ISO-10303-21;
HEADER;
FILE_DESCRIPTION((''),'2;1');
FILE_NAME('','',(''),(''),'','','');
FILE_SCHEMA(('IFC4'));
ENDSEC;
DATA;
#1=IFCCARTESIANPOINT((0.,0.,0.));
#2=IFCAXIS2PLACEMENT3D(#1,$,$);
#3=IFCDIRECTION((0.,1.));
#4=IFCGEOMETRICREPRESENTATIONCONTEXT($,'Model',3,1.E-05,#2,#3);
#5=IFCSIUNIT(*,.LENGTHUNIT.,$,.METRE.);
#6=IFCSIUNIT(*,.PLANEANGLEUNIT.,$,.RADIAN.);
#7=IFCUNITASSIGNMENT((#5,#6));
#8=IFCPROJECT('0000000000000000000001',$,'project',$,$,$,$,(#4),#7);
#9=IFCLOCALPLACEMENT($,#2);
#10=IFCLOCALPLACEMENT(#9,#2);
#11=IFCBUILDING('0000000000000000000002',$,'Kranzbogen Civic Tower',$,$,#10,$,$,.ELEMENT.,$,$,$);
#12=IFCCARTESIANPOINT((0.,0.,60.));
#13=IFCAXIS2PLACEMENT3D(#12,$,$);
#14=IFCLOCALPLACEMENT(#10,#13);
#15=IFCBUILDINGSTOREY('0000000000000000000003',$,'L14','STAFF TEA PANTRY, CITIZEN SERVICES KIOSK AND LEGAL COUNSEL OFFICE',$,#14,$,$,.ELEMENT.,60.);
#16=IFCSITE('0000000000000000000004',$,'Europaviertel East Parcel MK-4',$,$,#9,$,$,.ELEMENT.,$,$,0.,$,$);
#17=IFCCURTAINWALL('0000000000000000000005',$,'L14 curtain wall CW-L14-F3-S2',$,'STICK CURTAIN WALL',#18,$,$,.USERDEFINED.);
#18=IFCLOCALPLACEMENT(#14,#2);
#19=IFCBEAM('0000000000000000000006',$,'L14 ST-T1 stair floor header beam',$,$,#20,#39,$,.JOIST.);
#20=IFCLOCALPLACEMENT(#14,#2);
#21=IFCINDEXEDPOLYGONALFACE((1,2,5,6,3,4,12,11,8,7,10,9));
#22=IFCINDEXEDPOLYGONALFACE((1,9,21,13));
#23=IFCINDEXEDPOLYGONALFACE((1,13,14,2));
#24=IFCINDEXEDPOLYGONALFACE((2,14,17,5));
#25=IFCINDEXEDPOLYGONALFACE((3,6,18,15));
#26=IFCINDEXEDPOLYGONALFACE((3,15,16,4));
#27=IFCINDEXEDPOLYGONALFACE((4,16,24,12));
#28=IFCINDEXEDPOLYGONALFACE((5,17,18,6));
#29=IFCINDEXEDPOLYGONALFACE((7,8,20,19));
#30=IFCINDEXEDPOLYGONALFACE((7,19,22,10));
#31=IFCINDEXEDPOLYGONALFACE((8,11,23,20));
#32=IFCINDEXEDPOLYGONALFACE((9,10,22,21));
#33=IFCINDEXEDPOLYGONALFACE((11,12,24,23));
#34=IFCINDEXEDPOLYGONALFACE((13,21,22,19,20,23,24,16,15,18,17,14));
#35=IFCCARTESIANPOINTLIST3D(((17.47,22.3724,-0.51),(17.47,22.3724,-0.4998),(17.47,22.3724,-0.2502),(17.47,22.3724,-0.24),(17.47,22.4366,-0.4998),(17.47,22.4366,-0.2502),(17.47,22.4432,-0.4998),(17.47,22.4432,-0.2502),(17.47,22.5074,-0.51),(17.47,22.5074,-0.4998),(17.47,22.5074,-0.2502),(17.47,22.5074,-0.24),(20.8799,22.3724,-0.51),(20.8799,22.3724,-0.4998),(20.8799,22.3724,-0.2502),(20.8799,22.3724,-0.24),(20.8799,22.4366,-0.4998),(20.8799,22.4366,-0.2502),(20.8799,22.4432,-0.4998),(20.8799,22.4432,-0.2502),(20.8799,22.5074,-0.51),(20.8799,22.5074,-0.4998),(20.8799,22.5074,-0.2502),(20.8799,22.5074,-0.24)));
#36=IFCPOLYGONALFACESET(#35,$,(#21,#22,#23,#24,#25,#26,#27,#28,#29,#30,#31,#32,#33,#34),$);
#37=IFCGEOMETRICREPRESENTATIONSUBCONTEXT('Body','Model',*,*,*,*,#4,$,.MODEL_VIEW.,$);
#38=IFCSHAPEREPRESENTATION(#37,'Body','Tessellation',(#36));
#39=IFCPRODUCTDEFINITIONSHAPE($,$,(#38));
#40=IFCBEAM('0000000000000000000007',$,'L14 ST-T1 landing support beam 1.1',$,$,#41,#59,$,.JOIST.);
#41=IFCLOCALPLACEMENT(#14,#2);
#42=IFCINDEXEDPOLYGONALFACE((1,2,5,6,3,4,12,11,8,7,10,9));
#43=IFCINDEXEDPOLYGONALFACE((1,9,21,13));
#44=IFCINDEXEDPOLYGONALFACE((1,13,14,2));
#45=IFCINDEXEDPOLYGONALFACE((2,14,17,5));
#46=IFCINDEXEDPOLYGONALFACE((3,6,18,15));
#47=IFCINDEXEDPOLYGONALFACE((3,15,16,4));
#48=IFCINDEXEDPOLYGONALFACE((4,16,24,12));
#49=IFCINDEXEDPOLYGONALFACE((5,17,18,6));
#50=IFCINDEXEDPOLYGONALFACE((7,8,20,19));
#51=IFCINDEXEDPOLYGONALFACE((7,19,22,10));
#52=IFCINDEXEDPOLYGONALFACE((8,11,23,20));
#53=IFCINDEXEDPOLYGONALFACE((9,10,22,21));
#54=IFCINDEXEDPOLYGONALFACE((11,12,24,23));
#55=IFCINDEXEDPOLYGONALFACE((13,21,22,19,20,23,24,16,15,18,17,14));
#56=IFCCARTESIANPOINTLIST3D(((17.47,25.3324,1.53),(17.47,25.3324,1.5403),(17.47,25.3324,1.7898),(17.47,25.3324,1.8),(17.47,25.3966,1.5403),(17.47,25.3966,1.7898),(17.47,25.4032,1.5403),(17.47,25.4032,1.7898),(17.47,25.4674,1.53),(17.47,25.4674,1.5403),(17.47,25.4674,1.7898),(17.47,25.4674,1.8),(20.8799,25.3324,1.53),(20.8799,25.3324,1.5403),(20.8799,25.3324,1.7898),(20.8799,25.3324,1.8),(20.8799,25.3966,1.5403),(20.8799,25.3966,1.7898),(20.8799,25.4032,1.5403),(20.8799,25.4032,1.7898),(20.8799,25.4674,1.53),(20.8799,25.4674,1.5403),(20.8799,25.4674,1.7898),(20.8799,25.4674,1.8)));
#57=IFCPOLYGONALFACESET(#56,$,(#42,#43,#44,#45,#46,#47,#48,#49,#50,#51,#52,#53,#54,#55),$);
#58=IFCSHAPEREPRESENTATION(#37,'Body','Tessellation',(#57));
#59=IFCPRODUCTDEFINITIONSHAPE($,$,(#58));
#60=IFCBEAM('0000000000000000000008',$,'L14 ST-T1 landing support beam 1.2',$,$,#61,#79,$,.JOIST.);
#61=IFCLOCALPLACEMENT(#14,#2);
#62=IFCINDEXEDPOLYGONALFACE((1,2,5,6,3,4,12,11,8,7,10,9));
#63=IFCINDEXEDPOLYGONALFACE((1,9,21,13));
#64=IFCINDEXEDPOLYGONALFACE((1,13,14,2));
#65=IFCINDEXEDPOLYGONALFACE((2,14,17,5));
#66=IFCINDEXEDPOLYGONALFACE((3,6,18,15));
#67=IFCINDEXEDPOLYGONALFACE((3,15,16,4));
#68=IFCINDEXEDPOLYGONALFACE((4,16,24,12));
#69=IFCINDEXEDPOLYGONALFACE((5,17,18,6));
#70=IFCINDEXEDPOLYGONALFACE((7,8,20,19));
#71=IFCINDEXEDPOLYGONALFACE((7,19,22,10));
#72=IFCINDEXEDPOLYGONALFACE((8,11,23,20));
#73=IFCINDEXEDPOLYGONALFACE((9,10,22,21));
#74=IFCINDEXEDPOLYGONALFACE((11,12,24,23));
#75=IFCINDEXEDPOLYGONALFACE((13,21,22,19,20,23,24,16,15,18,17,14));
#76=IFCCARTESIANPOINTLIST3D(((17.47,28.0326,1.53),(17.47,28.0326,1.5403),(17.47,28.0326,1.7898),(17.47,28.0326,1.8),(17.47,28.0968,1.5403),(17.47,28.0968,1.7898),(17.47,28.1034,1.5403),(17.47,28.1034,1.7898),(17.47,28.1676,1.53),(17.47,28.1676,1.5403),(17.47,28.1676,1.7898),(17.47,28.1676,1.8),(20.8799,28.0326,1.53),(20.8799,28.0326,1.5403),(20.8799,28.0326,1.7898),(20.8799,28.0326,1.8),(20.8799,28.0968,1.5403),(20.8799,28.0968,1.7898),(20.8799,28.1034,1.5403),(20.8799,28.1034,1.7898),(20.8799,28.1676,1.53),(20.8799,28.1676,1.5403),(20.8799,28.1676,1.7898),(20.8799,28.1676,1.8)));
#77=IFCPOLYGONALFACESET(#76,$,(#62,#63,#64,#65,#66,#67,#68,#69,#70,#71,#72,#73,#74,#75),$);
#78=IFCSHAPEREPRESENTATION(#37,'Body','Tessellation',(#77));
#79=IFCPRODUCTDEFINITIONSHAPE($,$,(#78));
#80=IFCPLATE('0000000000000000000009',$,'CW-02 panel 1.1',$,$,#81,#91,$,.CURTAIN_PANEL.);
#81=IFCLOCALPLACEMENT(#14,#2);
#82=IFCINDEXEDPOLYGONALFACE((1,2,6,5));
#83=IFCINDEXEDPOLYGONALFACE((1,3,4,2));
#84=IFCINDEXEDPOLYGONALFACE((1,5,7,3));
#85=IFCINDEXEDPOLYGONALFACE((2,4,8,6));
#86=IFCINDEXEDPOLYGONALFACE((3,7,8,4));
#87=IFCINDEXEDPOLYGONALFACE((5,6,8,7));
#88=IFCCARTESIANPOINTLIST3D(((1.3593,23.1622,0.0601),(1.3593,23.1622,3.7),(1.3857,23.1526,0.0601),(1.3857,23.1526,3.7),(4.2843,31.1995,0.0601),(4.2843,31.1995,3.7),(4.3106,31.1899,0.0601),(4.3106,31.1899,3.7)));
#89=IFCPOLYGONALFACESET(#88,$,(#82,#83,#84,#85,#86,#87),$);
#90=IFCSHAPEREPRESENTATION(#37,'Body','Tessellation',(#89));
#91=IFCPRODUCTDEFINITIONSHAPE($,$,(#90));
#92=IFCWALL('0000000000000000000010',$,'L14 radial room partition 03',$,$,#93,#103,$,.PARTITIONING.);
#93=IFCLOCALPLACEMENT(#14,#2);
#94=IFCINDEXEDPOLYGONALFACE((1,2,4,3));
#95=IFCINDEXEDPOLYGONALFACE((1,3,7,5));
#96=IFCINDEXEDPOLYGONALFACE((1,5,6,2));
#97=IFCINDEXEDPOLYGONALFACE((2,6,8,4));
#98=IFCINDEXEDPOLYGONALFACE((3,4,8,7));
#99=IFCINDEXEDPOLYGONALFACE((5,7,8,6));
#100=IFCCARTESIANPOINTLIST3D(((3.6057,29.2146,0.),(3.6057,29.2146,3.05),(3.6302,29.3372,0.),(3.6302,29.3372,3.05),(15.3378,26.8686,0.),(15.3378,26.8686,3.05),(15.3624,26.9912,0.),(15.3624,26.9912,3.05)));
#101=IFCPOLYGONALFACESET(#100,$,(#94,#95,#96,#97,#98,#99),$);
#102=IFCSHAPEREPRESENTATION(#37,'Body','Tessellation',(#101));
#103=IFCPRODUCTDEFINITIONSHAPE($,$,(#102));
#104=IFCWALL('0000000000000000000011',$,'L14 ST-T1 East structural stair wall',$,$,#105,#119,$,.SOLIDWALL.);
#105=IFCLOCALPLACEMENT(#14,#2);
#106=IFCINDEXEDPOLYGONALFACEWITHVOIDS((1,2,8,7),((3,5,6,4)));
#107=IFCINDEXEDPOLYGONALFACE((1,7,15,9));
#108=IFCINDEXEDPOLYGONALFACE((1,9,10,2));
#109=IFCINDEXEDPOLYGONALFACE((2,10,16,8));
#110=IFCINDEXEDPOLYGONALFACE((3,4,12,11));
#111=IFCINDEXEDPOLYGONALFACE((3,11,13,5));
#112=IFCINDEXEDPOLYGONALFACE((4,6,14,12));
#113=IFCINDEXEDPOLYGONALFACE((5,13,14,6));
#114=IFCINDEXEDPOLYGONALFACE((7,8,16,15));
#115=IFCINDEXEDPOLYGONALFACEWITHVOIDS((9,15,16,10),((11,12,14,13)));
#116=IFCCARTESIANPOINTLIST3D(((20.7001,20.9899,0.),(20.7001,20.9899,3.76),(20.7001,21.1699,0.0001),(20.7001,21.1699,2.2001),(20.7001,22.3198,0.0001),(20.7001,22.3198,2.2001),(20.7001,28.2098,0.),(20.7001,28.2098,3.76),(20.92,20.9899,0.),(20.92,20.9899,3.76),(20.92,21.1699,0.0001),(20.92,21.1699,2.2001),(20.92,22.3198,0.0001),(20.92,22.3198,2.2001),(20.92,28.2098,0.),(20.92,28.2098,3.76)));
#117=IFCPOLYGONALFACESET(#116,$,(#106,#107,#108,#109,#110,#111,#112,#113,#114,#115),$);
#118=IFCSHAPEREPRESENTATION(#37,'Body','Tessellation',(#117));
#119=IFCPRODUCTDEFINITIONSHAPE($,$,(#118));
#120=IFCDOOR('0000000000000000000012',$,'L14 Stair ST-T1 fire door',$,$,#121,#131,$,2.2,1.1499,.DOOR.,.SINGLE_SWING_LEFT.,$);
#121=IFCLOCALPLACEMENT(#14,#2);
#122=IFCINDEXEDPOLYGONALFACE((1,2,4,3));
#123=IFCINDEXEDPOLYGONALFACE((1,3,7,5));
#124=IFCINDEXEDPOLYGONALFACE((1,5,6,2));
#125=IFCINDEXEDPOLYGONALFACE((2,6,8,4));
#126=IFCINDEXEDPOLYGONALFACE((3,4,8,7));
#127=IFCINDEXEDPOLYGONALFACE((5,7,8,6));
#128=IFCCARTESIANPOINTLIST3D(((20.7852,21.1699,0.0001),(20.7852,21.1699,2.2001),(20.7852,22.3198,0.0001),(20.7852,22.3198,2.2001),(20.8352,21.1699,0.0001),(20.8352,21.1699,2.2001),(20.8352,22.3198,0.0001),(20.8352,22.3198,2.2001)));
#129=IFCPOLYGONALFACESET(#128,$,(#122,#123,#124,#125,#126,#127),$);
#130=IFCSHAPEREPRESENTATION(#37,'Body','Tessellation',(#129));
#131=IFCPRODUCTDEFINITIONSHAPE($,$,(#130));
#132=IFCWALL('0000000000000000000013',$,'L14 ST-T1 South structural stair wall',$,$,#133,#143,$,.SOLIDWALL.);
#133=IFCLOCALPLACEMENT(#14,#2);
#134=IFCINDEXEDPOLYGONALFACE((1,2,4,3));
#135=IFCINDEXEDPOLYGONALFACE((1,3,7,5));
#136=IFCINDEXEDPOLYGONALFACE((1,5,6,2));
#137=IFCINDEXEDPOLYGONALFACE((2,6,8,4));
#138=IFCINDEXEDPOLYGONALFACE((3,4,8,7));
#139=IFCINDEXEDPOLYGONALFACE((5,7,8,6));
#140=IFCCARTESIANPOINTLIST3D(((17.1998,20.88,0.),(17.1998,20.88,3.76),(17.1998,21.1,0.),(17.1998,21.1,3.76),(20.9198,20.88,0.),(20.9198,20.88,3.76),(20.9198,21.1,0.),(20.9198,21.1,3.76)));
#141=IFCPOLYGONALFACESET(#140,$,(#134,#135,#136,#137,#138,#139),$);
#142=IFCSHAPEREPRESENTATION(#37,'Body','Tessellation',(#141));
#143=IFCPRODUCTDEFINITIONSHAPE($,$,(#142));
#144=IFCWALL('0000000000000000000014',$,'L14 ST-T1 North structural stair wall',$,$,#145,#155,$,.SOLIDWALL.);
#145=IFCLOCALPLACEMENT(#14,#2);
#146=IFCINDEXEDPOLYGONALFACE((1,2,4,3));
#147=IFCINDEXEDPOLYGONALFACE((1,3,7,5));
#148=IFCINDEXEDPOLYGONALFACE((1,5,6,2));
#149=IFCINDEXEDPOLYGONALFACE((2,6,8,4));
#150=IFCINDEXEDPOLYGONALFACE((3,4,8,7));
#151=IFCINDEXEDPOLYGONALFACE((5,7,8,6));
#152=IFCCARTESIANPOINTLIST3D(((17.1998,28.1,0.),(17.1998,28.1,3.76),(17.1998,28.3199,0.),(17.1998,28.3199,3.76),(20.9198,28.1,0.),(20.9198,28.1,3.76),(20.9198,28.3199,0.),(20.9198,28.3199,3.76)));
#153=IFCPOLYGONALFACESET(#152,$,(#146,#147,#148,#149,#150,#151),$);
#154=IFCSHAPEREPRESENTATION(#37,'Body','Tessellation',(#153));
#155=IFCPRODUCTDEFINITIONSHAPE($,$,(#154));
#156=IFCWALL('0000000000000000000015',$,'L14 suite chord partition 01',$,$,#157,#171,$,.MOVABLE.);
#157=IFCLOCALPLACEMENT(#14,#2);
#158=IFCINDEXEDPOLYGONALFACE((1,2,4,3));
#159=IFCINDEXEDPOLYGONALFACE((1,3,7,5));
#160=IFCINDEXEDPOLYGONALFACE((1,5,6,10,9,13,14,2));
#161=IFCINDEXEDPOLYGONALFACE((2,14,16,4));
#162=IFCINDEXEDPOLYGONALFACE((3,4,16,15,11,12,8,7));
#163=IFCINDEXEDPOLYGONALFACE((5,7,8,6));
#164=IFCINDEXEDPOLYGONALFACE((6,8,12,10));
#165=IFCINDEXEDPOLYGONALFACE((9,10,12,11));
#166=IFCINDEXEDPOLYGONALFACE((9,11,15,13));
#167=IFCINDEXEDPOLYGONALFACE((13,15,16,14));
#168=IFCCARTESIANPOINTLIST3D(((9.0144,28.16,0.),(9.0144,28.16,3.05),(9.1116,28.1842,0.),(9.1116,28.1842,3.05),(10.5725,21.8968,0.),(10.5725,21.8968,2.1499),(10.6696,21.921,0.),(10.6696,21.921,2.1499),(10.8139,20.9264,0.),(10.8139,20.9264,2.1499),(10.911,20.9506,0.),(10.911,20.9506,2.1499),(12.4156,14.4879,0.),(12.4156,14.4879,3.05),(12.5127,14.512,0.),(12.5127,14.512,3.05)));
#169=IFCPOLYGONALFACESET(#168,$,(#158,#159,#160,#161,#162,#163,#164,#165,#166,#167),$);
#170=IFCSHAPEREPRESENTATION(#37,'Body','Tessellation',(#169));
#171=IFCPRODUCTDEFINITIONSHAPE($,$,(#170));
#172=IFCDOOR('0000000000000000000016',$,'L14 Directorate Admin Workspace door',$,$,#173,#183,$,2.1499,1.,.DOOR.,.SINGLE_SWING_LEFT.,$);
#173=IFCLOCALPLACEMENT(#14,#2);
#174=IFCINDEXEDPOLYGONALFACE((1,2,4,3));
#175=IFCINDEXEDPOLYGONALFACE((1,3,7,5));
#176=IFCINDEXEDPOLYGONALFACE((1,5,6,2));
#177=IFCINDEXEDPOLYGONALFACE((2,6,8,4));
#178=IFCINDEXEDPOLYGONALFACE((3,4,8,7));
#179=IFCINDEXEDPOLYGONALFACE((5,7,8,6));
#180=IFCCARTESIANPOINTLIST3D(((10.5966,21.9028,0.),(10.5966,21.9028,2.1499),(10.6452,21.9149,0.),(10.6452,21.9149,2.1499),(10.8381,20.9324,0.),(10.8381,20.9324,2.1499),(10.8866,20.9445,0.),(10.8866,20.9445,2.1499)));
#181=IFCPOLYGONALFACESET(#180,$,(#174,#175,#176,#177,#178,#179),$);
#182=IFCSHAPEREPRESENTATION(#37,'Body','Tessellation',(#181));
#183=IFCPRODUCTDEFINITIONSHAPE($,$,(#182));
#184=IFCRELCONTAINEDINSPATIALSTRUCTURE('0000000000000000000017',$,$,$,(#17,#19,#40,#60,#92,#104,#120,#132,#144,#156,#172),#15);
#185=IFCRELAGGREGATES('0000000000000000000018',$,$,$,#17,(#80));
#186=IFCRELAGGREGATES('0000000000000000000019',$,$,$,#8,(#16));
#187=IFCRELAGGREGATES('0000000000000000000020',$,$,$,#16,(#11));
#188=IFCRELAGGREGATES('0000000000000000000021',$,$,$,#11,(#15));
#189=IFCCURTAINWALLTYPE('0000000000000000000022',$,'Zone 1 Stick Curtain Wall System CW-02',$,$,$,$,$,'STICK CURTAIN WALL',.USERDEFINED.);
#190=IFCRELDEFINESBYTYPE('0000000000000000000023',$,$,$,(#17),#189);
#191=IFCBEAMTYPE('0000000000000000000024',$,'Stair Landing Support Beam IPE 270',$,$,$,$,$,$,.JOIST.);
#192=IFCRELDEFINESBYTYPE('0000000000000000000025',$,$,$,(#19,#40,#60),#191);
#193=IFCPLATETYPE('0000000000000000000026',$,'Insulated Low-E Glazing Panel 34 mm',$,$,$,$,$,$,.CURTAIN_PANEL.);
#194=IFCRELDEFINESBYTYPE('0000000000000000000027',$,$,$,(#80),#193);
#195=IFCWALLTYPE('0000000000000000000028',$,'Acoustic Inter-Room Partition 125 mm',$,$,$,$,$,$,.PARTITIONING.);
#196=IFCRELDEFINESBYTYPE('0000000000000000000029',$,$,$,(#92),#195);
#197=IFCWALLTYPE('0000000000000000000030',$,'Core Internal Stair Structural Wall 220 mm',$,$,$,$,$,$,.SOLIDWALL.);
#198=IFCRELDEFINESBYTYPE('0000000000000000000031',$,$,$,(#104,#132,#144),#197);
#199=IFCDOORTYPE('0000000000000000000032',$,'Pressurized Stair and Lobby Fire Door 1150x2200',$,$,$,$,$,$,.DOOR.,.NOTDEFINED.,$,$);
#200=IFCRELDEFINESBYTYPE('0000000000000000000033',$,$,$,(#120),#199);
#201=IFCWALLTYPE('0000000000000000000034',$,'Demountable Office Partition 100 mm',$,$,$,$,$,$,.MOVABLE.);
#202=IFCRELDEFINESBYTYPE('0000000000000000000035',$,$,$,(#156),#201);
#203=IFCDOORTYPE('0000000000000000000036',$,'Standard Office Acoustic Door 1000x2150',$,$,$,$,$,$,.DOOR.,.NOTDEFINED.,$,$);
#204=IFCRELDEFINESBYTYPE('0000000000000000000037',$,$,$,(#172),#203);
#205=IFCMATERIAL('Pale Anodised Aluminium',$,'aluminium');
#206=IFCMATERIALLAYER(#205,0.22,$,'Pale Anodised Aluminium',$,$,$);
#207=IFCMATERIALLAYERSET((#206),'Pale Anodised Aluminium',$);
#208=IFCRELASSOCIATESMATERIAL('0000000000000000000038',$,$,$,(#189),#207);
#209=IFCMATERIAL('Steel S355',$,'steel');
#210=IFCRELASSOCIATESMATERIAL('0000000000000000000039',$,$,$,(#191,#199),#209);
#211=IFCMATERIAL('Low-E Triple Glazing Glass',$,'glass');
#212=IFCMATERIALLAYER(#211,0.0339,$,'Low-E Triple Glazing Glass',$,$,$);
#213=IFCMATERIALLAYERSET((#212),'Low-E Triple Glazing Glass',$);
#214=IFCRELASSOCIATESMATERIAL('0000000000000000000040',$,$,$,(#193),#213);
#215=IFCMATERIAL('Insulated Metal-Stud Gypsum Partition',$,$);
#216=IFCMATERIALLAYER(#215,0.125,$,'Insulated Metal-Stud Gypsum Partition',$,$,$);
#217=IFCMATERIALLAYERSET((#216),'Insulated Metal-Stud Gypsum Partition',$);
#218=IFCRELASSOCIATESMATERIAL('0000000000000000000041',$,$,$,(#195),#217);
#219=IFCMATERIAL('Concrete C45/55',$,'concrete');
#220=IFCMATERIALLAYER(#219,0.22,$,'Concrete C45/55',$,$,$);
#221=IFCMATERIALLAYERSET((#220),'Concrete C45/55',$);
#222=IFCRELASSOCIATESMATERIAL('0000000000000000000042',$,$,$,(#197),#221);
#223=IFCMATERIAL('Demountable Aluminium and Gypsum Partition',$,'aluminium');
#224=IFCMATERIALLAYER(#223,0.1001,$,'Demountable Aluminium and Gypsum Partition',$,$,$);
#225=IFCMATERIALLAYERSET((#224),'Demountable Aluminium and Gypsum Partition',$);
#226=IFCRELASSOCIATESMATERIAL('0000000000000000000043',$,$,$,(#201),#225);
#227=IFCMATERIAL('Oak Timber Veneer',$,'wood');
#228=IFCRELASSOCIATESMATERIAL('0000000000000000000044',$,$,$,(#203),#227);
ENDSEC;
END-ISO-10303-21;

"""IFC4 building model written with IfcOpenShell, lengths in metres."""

from ifc_helpers import new_model, si_unit, direction, frame, frame_2d, origin, origin_2d, place, context, subcontext, project, spatial, rectangle, i_section, extrude, material, layer, layer_set, material_profile, profile_set, type_object, element, fill, aggregate, save


model = new_model("IFC4")

# Units and contexts
model_context = context("Model", 3, precision=1e-05, world=origin(), true_north=direction((0.0, 1.0)))
body_context = subcontext(model_context, "Body", "Model", "MODEL_VIEW")
ifc_project = project(units=[si_unit("LENGTHUNIT", "METRE"), si_unit("PLANEANGLEUNIT", "RADIAN")], contexts=[model_context])

# Site, building, storey
site_placement = place(None, origin())
site = spatial("IfcSite", under=ifc_project, at=site_placement, Name="Europaviertel East Parcel MK-4", CompositionType="ELEMENT", RefElevation=0.0)
building_placement = place(site_placement, origin())
building = spatial("IfcBuilding", under=site, at=building_placement, Name="Kranzbogen Civic Tower", CompositionType="ELEMENT")
storey_placement = place(building_placement, frame((0.0, 0.0, 60.0)))
storey = spatial("IfcBuildingStorey", under=building, at=storey_placement, Name="L14", Description="STAFF TEA PANTRY, CITIZEN SERVICES KIOSK AND LEGAL COUNSEL OFFICE", CompositionType="ELEMENT", Elevation=60.0)

# Shared definitions
ifc_material_1 = material(Name="Steel S355", Category="steel")

# Curtain wall
ifc_material_2 = material(Name="Pale Anodised Aluminium", Category="aluminium")
ifc_layer_1 = layer(ifc_material_2, 0.22, Name="Pale Anodised Aluminium")
ifc_layer_set_1 = layer_set([ifc_layer_1], Name="Pale Anodised Aluminium")
curtain_wall_type = type_object("IfcCurtainWallType", Name="Zone 1 Stick Curtain Wall System CW-02", ElementType="STICK CURTAIN WALL", PredefinedType="USERDEFINED", material=ifc_layer_set_1)
curtain_wall_1_placement = place(storey_placement, origin())
curtain_wall_1 = element("IfcCurtainWall", 1, at=curtain_wall_1_placement, inside=storey, type_object=curtain_wall_type, Name="L14 curtain wall CW-L14-F3-S2", ObjectType="STICK CURTAIN WALL", PredefinedType="USERDEFINED")

# Beams
ifc_material_profile_1 = material_profile(ifc_material_1, i_section(OverallWidth=0.135, OverallDepth=0.27, WebThickness=0.0066, FlangeThickness=0.0103, at=origin_2d()), Name="IPE 270")
ifc_profile_set_1 = profile_set([ifc_material_profile_1], Name="Steel S355")
beam_type_1 = type_object("IfcBeamType", Name="Stair Landing Support Beam IPE 270", PredefinedType="JOIST", material=ifc_profile_set_1)
for number, where, z_axis, x_axis, name in (
    (2, (20.8799, 22.4399, -0.375), (-1.0, 0.0, 0.0), (0.0, -1.0, 0.0), "L14 ST-T1 stair floor header beam"),
    (3, (20.8799, 25.3999, 1.665), (-1.0, 0.0, 0.0), (0.0, -1.0, 0.0), "L14 ST-T1 landing support beam 1.1"),
    (4, (20.8799, 28.1001, 1.665), (-1.0, 0.0, 0.0), (0.0, -1.0, 0.0), "L14 ST-T1 landing support beam 1.2"),
):
    element("IfcBeam", number, at=place(storey_placement, frame(where, z_axis=z_axis, x_axis=x_axis)), inside=storey, type_object=beam_type_1, Name=name, PredefinedType="JOIST", context=body_context, shape_type="SweptSolid", body=[
        extrude(i_section(OverallWidth=0.135, OverallDepth=0.27, WebThickness=0.0066, FlangeThickness=0.0103, at=origin_2d()), origin(), (0.0, 0.0, 1.0), 3.4099),
    ])

# Plate
ifc_material_3 = material(Name="Low-E Triple Glazing Glass", Category="glass")
ifc_layer_2 = layer(ifc_material_3, 0.0339, Name="Low-E Triple Glazing Glass")
ifc_layer_set_2 = layer_set([ifc_layer_2], Name="Low-E Triple Glazing Glass")
plate_type = type_object("IfcPlateType", Name="Insulated Low-E Glazing Panel 34 mm", PredefinedType="CURTAIN_PANEL", material=ifc_layer_set_2)
plate_placement = place(storey_placement, frame((2.835, 27.176, 0.0601), z_axis=(0.0, 0.0, 1.0), x_axis=(-0.341984, -0.939706, 0.0)))
plate = element("IfcPlate", 5, at=plate_placement, type_object=plate_type, Name="CW-02 panel 1.1", PredefinedType="CURTAIN_PANEL", context=body_context, shape_type="SweptSolid", body=[
    extrude(rectangle(XDim=8.553, YDim=0.0281, at=origin_2d()), origin(), (0.0, 0.0, 1.0), 3.6399),
])
aggregate(curtain_wall_1, [plate])

# Shared definitions
ifc_material_4 = material(Name="Insulated Metal-Stud Gypsum Partition")
ifc_layer_3 = layer(ifc_material_4, 0.125, Name="Insulated Metal-Stud Gypsum Partition")
ifc_layer_set_3 = layer_set([ifc_layer_3], Name="Insulated Metal-Stud Gypsum Partition")
wall_type_1 = type_object("IfcWallType", Name="Acoustic Inter-Room Partition 125 mm", PredefinedType="PARTITIONING", material=ifc_layer_set_3)

# Wall
wall_1_placement = place(storey_placement, frame((15.3501, 26.9299, 0.0), z_axis=(0.0, 0.0, 1.0), x_axis=(-0.980589, 0.196077, 0.0)))
element("IfcWall", 6, at=wall_1_placement, inside=storey, type_object=wall_type_1, Name="L14 radial room partition 03", PredefinedType="PARTITIONING", context=body_context, shape_type="SweptSolid", body=[
    extrude(rectangle(XDim=11.9644, YDim=0.125, at=frame_2d((5.9822, 0.0))), origin(), (0.0, 0.0, 1.0), 3.05),
])

# Wall, opening, door
ifc_material_5 = material(Name="Concrete C45/55", Category="concrete")
ifc_layer_4 = layer(ifc_material_5, 0.22, Name="Concrete C45/55")
ifc_layer_set_4 = layer_set([ifc_layer_4], Name="Concrete C45/55")
wall_type_2 = type_object("IfcWallType", Name="Core Internal Stair Structural Wall 220 mm", PredefinedType="SOLIDWALL", material=ifc_layer_set_4)
wall_2_placement = place(storey_placement, frame((20.8101, 20.99, 0.0), z_axis=(0.0, 0.0, 1.0), x_axis=(0.0, 1.0, 0.0)))
wall_2 = element("IfcWall", 7, at=wall_2_placement, inside=storey, type_object=wall_type_2, Name="L14 ST-T1 East structural stair wall", PredefinedType="SOLIDWALL", context=body_context, shape_type="SweptSolid", body=[
    extrude(rectangle(XDim=7.22, YDim=0.22, at=frame_2d((3.6099, 0.0))), origin(), (0.0, 0.0, 1.0), 3.76),
])
opening_1_placement = place(wall_2_placement, frame((0.1799, 0.0, 0.0)))
opening_1 = element("IfcOpeningElement", 8, at=opening_1_placement, cuts=wall_2, PredefinedType="OPENING", context=body_context, shape_type="SweptSolid", body=[
    extrude(rectangle(XDim=1.1499, YDim=2.2, at=frame_2d((0.575, 1.1001))), frame((0.0, 0.1201, 0.0), z_axis=(0.0, -1.0, 0.0), x_axis=(1.0, 0.0, 0.0)), (0.0, 0.0, 1.0), 0.24),
])
door_type_1 = type_object("IfcDoorType", Name="Pressurized Stair and Lobby Fire Door 1150x2200", OperationType="NOTDEFINED", PredefinedType="DOOR", material=ifc_material_1)
door_1_placement = place(opening_1_placement, origin())
door_1 = element("IfcDoor", 9, at=door_1_placement, inside=storey, type_object=door_type_1, Name="L14 Stair ST-T1 fire door", OperationType="SINGLE_SWING_LEFT", OverallHeight=2.2, OverallWidth=1.1499, PredefinedType="DOOR", context=body_context, shape_type="SweptSolid", body=[
    extrude(rectangle(XDim=1.1499, YDim=2.2, at=frame_2d((0.575, 1.1001))), frame((0.0, 0.0249, 0.0), z_axis=(0.0, -1.0, 0.0), x_axis=(1.0, 0.0, 0.0)), (0.0, 0.0, 1.0), 0.05),
])
fill(opening_1, door_1)

# Walls
for number, where, z_axis, x_axis, name in (
    (10, (17.2, 20.99, 0.0), (0.0, 0.0, 1.0), (1.0, 0.0, 0.0), "L14 ST-T1 South structural stair wall"),
    (11, (17.2, 28.21, 0.0), (0.0, 0.0, 1.0), (1.0, 0.0, 0.0), "L14 ST-T1 North structural stair wall"),
):
    element("IfcWall", number, at=place(storey_placement, frame(where, z_axis=z_axis, x_axis=x_axis)), inside=storey, type_object=wall_type_2, Name=name, PredefinedType="SOLIDWALL", context=body_context, shape_type="SweptSolid", body=[
        extrude(rectangle(XDim=3.72, YDim=0.22, at=frame_2d((1.8599, 0.0))), origin(), (0.0, 0.0, 1.0), 3.76),
    ])

# Wall, opening, door
ifc_material_6 = material(Name="Demountable Aluminium and Gypsum Partition", Category="aluminium")
ifc_layer_5 = layer(ifc_material_6, 0.1001, Name="Demountable Aluminium and Gypsum Partition")
ifc_layer_set_5 = layer_set([ifc_layer_5], Name="Demountable Aluminium and Gypsum Partition")
wall_type_3 = type_object("IfcWallType", Name="Demountable Office Partition 100 mm", PredefinedType="MOVABLE", material=ifc_layer_set_5)
wall_3_placement = place(storey_placement, frame((9.063, 28.1721, 0.0), z_axis=(0.0, 0.0, 1.0), x_axis=(0.241406, -0.970424, 0.0)))
wall_3 = element("IfcWall", 12, at=wall_3_placement, inside=storey, type_object=wall_type_3, Name="L14 suite chord partition 01", PredefinedType="MOVABLE", context=body_context, shape_type="SweptSolid", body=[
    extrude(rectangle(XDim=14.0889, YDim=0.1001, at=frame_2d((7.0444, 0.0))), origin(), (0.0, 0.0, 1.0), 3.05),
])
opening_2_placement = place(wall_3_placement, frame((6.4541, 0.0, 0.0)))
opening_2 = element("IfcOpeningElement", 13, at=opening_2_placement, cuts=wall_3, PredefinedType="OPENING", context=body_context, shape_type="SweptSolid", body=[
    extrude(rectangle(XDim=1.0, YDim=2.1499, at=frame_2d((0.5, 1.075))), frame((0.0, 0.0601, 0.0), z_axis=(0.0, -1.0, 0.0), x_axis=(1.0, 0.0, 0.0)), (0.0, 0.0, 1.0), 0.1201),
])
ifc_material_7 = material(Name="Oak Timber Veneer", Category="wood")
door_type_2 = type_object("IfcDoorType", Name="Standard Office Acoustic Door 1000x2150", OperationType="NOTDEFINED", PredefinedType="DOOR", material=ifc_material_7)
door_2_placement = place(opening_2_placement, origin())
door_2 = element("IfcDoor", 14, at=door_2_placement, inside=storey, type_object=door_type_2, Name="L14 Directorate Admin Workspace door", OperationType="SINGLE_SWING_LEFT", OverallHeight=2.1499, OverallWidth=1.0, PredefinedType="DOOR", context=body_context, shape_type="SweptSolid", body=[
    extrude(rectangle(XDim=1.0, YDim=2.1499, at=frame_2d((0.5, 1.075))), frame((0.0, 0.0249, 0.0), z_axis=(0.0, -1.0, 0.0), x_axis=(1.0, 0.0, 0.0)), (0.0, 0.0, 1.0), 0.05),
])
fill(opening_2, door_2)

save(model, "model.ifc")
